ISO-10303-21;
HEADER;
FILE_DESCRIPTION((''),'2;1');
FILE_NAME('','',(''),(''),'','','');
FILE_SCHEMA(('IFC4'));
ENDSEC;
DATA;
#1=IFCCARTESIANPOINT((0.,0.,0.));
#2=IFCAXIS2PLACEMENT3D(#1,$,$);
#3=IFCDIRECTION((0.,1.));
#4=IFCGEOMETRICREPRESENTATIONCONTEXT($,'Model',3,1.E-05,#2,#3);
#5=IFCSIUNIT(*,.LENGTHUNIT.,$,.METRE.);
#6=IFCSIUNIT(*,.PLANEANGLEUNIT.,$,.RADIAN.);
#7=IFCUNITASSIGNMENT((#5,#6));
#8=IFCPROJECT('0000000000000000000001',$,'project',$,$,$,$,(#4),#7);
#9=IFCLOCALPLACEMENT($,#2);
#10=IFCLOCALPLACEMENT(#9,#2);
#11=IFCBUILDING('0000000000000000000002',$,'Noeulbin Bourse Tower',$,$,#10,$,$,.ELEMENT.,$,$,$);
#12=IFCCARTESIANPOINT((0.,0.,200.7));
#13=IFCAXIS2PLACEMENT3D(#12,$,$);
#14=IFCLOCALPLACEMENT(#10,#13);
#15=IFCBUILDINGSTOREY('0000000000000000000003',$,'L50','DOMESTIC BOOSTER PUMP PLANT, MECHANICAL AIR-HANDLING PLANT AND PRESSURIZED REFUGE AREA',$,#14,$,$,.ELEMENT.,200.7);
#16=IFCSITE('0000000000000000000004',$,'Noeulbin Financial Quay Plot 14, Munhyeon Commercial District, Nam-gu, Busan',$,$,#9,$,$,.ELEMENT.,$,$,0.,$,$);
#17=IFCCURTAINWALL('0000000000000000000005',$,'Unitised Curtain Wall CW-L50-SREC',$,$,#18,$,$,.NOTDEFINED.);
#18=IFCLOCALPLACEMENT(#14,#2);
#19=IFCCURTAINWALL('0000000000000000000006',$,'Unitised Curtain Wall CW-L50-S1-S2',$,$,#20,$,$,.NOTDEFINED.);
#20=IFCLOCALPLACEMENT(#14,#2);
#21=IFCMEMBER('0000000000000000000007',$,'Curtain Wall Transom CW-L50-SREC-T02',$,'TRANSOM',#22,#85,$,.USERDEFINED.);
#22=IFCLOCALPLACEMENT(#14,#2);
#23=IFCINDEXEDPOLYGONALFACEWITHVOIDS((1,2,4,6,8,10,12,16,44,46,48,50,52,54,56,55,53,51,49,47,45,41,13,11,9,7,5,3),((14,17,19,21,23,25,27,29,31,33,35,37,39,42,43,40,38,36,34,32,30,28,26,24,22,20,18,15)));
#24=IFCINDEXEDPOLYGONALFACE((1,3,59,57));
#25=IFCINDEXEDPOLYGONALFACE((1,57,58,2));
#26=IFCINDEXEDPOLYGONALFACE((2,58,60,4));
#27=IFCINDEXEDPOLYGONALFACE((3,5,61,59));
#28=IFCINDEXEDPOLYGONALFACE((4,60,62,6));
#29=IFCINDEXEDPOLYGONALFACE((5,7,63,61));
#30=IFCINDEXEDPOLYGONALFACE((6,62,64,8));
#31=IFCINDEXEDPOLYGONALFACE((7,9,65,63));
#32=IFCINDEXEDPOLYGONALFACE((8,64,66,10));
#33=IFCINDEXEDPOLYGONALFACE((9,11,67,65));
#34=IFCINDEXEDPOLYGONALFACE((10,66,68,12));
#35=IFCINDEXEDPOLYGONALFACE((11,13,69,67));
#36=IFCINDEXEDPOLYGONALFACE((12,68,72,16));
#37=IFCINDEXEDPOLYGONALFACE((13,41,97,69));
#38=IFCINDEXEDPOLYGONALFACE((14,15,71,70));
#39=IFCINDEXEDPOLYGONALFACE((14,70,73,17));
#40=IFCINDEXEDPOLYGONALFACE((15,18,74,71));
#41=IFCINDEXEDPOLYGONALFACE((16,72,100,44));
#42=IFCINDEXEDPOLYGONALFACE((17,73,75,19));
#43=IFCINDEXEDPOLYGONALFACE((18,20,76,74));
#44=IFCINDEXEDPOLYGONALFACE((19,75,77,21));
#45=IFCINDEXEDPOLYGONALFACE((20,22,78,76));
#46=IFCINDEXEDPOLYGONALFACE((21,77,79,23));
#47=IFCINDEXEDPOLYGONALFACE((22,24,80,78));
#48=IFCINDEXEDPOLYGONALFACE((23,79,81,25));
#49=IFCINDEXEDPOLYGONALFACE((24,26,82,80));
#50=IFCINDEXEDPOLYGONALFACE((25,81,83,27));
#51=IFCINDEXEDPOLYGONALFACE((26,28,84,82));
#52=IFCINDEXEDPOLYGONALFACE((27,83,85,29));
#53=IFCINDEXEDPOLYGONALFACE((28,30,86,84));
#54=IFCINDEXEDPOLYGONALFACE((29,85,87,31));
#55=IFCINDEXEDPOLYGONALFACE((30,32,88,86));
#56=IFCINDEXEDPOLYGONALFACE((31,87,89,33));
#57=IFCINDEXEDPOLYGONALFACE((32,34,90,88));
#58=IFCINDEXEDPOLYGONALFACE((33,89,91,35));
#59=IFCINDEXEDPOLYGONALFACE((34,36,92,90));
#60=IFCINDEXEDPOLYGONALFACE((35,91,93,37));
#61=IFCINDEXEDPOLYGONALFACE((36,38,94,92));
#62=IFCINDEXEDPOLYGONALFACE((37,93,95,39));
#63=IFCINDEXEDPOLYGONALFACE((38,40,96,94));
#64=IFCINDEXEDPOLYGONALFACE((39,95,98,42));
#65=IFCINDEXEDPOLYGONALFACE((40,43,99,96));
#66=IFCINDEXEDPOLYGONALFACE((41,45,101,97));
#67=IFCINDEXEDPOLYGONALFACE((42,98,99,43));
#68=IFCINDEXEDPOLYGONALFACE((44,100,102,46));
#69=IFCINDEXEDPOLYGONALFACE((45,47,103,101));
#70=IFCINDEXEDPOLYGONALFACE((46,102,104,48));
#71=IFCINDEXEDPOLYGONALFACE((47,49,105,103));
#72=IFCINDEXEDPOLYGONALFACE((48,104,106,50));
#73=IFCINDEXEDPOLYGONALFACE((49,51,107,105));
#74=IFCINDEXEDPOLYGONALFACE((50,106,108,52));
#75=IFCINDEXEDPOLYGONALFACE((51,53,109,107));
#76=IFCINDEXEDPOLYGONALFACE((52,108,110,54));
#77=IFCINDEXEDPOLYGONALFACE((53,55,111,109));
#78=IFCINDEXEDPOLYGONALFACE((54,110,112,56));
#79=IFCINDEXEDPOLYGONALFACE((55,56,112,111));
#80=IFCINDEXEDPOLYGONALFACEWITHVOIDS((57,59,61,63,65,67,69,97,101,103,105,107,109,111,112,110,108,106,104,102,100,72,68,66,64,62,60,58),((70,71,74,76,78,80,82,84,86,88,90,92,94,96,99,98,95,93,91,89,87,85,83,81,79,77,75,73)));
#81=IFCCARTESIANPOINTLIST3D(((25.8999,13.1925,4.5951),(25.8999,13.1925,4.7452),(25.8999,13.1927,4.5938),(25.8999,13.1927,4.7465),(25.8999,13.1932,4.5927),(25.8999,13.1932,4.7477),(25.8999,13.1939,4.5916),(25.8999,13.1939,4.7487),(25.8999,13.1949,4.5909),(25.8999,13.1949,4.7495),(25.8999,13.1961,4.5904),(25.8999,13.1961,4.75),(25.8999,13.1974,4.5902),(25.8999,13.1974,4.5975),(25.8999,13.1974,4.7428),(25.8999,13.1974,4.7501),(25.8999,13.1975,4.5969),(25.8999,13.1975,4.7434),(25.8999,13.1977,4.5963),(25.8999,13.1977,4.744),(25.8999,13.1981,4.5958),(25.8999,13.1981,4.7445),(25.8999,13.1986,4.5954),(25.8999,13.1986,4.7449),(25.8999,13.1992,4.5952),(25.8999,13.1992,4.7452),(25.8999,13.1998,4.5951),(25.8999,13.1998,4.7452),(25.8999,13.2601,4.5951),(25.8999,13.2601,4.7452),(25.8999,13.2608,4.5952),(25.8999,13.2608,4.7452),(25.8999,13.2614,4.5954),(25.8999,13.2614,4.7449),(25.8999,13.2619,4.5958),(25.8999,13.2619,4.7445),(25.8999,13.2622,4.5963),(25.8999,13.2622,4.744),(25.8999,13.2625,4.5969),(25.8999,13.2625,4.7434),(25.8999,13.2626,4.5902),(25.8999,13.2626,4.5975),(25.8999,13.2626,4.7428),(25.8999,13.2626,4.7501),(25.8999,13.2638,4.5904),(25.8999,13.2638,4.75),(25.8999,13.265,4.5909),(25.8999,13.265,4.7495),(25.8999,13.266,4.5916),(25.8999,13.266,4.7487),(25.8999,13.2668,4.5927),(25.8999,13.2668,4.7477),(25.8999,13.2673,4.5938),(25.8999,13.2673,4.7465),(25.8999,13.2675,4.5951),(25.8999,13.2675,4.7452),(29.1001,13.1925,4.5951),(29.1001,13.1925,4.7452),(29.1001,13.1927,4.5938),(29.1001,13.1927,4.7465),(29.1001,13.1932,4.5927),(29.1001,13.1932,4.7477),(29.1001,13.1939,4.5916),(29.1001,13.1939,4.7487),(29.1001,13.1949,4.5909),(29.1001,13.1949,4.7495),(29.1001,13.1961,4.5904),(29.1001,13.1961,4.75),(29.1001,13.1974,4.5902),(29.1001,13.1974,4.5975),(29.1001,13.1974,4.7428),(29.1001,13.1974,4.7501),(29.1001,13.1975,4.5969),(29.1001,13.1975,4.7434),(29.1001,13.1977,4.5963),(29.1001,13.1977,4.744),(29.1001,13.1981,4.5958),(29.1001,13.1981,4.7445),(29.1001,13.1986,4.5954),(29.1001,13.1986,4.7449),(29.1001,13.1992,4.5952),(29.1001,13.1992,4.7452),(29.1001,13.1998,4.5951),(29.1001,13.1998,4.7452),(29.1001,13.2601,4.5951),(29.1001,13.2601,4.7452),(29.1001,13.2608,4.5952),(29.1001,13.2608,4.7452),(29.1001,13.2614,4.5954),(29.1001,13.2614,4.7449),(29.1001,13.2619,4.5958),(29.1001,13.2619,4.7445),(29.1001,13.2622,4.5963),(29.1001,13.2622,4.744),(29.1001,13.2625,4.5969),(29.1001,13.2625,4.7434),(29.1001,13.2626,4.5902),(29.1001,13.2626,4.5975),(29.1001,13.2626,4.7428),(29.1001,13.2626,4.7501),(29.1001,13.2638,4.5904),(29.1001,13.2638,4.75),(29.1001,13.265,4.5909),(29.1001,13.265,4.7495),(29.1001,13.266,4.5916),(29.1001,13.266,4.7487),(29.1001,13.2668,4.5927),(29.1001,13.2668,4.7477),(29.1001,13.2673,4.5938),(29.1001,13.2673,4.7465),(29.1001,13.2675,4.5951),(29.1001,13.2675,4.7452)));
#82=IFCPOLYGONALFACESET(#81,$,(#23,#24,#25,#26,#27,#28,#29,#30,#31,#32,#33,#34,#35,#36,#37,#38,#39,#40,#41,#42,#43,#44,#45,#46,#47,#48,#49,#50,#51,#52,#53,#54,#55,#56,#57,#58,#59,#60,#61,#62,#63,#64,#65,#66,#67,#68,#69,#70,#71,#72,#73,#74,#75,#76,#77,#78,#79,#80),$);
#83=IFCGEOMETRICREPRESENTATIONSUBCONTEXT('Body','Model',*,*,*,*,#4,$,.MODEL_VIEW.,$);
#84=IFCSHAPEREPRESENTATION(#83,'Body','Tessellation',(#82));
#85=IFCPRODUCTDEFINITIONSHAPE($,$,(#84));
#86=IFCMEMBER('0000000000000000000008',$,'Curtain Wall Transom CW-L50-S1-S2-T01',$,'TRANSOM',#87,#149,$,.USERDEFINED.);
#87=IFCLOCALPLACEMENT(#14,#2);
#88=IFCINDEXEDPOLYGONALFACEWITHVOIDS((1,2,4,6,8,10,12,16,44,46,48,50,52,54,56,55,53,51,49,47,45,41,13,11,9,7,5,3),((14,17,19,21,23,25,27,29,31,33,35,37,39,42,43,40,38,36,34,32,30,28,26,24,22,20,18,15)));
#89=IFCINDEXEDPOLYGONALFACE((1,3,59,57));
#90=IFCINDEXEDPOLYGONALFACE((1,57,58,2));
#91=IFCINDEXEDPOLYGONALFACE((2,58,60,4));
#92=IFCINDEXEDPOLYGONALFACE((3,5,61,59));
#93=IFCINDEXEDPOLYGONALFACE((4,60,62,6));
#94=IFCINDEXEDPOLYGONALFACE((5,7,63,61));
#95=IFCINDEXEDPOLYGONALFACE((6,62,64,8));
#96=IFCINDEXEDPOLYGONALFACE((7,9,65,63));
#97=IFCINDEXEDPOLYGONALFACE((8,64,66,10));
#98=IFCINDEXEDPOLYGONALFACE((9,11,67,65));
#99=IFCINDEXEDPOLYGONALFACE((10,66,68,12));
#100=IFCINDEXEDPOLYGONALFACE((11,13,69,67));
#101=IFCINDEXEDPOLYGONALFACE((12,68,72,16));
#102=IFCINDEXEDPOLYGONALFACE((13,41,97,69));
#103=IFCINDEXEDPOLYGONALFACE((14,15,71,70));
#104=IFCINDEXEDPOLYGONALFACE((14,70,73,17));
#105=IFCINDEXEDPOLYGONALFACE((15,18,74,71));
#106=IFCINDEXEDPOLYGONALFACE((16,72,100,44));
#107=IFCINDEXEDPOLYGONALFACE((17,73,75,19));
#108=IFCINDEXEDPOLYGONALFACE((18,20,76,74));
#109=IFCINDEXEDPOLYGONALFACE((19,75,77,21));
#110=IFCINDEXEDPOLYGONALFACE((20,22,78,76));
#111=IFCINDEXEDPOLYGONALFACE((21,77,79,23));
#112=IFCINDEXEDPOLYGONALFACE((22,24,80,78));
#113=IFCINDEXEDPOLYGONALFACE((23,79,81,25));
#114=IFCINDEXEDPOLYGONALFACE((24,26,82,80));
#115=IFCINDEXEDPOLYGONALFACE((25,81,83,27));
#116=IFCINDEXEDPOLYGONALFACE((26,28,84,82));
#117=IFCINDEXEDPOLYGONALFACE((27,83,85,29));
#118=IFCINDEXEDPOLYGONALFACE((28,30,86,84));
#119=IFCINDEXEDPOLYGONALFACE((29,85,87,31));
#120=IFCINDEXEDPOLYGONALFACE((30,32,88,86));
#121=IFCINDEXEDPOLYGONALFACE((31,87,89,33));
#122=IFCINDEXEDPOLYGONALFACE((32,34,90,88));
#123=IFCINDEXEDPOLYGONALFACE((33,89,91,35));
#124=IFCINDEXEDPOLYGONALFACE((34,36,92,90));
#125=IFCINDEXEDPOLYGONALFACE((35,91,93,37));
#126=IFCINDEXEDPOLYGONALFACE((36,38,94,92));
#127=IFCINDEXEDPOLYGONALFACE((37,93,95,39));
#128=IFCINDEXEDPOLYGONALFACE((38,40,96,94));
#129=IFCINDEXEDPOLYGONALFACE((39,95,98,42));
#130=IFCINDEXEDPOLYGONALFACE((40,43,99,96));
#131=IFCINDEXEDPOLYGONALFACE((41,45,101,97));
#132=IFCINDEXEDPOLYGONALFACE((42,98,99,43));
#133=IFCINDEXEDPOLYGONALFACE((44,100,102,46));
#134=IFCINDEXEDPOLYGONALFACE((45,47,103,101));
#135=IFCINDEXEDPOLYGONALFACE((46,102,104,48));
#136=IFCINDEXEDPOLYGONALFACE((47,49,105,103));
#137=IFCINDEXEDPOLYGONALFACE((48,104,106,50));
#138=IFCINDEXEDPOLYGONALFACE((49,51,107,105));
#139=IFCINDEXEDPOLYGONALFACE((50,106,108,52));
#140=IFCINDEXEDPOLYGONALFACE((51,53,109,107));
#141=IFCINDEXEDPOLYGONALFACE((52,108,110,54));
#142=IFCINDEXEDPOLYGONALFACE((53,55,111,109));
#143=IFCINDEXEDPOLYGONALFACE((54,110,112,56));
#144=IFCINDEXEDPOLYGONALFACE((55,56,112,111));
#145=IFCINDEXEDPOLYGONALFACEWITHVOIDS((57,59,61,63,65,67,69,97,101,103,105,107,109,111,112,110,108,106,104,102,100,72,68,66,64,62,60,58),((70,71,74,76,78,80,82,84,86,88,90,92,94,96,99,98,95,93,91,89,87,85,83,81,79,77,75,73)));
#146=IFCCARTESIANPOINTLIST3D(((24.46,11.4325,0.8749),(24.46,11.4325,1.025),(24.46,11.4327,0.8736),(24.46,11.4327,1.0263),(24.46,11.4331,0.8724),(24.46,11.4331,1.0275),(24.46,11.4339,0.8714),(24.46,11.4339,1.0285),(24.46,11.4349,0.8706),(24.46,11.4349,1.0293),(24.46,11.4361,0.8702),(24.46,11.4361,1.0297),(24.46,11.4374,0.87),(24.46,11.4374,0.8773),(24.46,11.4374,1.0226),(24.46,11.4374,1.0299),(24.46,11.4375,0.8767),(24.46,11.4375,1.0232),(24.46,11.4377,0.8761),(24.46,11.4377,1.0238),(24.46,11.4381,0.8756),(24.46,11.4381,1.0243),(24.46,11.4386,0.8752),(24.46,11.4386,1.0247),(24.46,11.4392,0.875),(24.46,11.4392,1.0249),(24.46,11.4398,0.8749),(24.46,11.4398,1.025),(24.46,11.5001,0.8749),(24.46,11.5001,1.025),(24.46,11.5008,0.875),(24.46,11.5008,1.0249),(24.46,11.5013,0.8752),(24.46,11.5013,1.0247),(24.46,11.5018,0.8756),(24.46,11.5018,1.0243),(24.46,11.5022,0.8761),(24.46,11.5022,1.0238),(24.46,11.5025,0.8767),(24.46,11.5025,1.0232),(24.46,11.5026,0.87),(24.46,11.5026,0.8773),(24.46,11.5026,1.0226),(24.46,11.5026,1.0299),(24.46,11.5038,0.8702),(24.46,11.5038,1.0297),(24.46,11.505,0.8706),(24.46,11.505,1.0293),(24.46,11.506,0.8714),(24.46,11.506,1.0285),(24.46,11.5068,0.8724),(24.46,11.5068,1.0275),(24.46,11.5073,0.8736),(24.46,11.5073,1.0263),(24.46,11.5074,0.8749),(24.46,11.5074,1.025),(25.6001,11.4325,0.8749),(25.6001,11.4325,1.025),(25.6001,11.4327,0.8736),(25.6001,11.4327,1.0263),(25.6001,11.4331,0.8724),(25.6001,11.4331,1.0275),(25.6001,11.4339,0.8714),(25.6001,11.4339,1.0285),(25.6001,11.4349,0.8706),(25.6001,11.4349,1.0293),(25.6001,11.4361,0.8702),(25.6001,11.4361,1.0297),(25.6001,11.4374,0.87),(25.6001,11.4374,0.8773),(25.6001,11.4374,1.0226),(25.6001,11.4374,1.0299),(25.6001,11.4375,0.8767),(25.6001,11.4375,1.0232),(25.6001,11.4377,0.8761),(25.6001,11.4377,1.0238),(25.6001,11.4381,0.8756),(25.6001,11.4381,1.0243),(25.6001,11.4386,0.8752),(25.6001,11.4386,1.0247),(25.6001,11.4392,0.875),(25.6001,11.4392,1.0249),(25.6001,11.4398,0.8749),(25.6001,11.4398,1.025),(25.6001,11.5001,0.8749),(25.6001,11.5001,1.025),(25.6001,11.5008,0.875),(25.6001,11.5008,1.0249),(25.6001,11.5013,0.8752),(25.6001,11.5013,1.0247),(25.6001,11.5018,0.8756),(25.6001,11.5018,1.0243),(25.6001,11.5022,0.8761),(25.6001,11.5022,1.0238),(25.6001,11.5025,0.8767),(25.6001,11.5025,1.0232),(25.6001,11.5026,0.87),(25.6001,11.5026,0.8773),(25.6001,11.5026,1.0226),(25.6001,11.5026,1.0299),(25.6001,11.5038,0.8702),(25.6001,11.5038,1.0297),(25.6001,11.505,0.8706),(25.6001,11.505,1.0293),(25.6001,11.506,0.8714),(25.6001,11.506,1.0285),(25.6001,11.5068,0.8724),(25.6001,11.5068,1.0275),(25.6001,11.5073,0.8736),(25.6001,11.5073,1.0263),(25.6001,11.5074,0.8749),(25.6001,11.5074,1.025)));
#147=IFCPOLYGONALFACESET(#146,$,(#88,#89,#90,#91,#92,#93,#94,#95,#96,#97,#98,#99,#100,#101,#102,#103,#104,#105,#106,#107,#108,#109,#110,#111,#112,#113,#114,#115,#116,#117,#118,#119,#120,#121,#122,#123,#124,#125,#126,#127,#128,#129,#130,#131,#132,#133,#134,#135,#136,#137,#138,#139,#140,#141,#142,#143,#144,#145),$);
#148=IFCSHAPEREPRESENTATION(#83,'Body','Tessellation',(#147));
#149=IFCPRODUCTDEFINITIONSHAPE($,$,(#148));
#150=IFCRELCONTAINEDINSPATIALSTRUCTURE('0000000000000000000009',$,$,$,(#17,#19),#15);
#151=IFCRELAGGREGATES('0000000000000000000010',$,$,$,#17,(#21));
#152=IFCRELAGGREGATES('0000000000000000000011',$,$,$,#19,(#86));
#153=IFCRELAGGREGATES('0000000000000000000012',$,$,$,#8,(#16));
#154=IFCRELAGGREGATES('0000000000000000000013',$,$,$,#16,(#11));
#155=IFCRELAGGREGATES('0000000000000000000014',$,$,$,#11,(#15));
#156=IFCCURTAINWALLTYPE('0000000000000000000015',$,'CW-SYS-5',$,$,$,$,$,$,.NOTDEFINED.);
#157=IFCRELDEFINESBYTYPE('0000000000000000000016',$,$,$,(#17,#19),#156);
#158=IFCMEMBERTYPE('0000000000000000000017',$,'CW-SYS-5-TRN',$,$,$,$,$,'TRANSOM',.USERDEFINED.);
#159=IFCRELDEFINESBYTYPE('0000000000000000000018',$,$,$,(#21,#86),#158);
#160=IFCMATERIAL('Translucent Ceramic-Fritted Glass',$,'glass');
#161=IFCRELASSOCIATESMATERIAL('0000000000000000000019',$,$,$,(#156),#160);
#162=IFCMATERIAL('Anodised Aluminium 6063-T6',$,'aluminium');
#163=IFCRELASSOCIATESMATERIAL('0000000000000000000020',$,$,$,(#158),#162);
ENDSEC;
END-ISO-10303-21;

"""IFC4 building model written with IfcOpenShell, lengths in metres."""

from ifc_helpers import new_model, si_unit, direction, frame, origin, origin_2d, place, context, subcontext, project, spatial, hollow_rectangle, extrude, material, material_profile, profile_set, type_object, element, aggregate, save


model = new_model("IFC4")

# Units and contexts
model_context = context("Model", 3, precision=1e-05, world=origin(), true_north=direction((0.0, 1.0)))
body_context = subcontext(model_context, "Body", "Model", "MODEL_VIEW")
ifc_project = project(units=[si_unit("LENGTHUNIT", "METRE"), si_unit("PLANEANGLEUNIT", "RADIAN")], contexts=[model_context])

# Site, building, storey
site_placement = place(None, origin())
site = spatial("IfcSite", under=ifc_project, at=site_placement, Name="Noeulbin Financial Quay Plot 14, Munhyeon Commercial District, Nam-gu, Busan", CompositionType="ELEMENT", RefElevation=0.0)
building_placement = place(site_placement, origin())
building = spatial("IfcBuilding", under=site, at=building_placement, Name="Noeulbin Bourse Tower", CompositionType="ELEMENT")
storey_placement = place(building_placement, frame((0.0, 0.0, 200.7)))
storey = spatial("IfcBuildingStorey", under=building, at=storey_placement, Name="L50", Description="DOMESTIC BOOSTER PUMP PLANT, MECHANICAL AIR-HANDLING PLANT AND PRESSURIZED REFUGE AREA", CompositionType="ELEMENT", Elevation=200.7)

# Curtain wall
ifc_material_1 = material(Name="Translucent Ceramic-Fritted Glass", Category="glass")
curtain_wall_type = type_object("IfcCurtainWallType", Name="CW-SYS-5", PredefinedType="NOTDEFINED", material=ifc_material_1)
curtain_wall_1_placement = place(storey_placement, origin())
curtain_wall_1 = element("IfcCurtainWall", 1, at=curtain_wall_1_placement, inside=storey, type_object=curtain_wall_type, Name="Unitised Curtain Wall CW-L50-SREC", PredefinedType="NOTDEFINED")
ifc_material_2 = material(Name="Anodised Aluminium 6063-T6", Category="aluminium")

# Curtain wall
curtain_wall_2_placement = place(storey_placement, origin())
curtain_wall_2 = element("IfcCurtainWall", 2, at=curtain_wall_2_placement, inside=storey, type_object=curtain_wall_type, Name="Unitised Curtain Wall CW-L50-S1-S2", PredefinedType="NOTDEFINED")

# Members
ifc_material_profile_1 = material_profile(ifc_material_2, hollow_rectangle(XDim=0.075, YDim=0.1599, WallThickness=0.0049, InnerFilletRadius=0.0024, OuterFilletRadius=0.0049, at=origin_2d()), Name="ALU-TRAN-75x160x5", Category="LoadBearing")
ifc_profile_set_1 = profile_set([ifc_material_profile_1], Name="Anodised Aluminium 6063-T6")
member_type_1 = type_object("IfcMemberType", Name="CW-SYS-5-TRN", ElementType="TRANSOM", PredefinedType="USERDEFINED", material=ifc_profile_set_1)
member_1_placement = place(storey_placement, frame((25.8999, 13.23, 4.6702), z_axis=(1.0, 0.0, 0.0), x_axis=(0.0, 1.0, 0.0)))
member_1 = element("IfcMember", 3, at=member_1_placement, type_object=member_type_1, Name="Curtain Wall Transom CW-L50-SREC-T02", ObjectType="TRANSOM", PredefinedType="USERDEFINED", context=body_context, shape_type="SweptSolid", body=[
    extrude(hollow_rectangle(XDim=0.075, YDim=0.1599, WallThickness=0.0049, InnerFilletRadius=0.0024, OuterFilletRadius=0.0049, at=origin_2d()), origin(), (0.0, 0.0, 1.0), 3.2002),
])
member_2_placement = place(storey_placement, frame((24.46, 11.47, 0.95), z_axis=(1.0, 0.0, 0.0), x_axis=(0.0, 1.0, 0.0)))
member_2 = element("IfcMember", 4, at=member_2_placement, type_object=member_type_1, Name="Curtain Wall Transom CW-L50-S1-S2-T01", ObjectType="TRANSOM", PredefinedType="USERDEFINED", context=body_context, shape_type="SweptSolid", body=[
    extrude(hollow_rectangle(XDim=0.075, YDim=0.1599, WallThickness=0.0049, InnerFilletRadius=0.0024, OuterFilletRadius=0.0049, at=origin_2d()), origin(), (0.0, 0.0, 1.0), 1.1401),
])

aggregate(curtain_wall_1, [member_1])
aggregate(curtain_wall_2, [member_2])

save(model, "model.ifc")
